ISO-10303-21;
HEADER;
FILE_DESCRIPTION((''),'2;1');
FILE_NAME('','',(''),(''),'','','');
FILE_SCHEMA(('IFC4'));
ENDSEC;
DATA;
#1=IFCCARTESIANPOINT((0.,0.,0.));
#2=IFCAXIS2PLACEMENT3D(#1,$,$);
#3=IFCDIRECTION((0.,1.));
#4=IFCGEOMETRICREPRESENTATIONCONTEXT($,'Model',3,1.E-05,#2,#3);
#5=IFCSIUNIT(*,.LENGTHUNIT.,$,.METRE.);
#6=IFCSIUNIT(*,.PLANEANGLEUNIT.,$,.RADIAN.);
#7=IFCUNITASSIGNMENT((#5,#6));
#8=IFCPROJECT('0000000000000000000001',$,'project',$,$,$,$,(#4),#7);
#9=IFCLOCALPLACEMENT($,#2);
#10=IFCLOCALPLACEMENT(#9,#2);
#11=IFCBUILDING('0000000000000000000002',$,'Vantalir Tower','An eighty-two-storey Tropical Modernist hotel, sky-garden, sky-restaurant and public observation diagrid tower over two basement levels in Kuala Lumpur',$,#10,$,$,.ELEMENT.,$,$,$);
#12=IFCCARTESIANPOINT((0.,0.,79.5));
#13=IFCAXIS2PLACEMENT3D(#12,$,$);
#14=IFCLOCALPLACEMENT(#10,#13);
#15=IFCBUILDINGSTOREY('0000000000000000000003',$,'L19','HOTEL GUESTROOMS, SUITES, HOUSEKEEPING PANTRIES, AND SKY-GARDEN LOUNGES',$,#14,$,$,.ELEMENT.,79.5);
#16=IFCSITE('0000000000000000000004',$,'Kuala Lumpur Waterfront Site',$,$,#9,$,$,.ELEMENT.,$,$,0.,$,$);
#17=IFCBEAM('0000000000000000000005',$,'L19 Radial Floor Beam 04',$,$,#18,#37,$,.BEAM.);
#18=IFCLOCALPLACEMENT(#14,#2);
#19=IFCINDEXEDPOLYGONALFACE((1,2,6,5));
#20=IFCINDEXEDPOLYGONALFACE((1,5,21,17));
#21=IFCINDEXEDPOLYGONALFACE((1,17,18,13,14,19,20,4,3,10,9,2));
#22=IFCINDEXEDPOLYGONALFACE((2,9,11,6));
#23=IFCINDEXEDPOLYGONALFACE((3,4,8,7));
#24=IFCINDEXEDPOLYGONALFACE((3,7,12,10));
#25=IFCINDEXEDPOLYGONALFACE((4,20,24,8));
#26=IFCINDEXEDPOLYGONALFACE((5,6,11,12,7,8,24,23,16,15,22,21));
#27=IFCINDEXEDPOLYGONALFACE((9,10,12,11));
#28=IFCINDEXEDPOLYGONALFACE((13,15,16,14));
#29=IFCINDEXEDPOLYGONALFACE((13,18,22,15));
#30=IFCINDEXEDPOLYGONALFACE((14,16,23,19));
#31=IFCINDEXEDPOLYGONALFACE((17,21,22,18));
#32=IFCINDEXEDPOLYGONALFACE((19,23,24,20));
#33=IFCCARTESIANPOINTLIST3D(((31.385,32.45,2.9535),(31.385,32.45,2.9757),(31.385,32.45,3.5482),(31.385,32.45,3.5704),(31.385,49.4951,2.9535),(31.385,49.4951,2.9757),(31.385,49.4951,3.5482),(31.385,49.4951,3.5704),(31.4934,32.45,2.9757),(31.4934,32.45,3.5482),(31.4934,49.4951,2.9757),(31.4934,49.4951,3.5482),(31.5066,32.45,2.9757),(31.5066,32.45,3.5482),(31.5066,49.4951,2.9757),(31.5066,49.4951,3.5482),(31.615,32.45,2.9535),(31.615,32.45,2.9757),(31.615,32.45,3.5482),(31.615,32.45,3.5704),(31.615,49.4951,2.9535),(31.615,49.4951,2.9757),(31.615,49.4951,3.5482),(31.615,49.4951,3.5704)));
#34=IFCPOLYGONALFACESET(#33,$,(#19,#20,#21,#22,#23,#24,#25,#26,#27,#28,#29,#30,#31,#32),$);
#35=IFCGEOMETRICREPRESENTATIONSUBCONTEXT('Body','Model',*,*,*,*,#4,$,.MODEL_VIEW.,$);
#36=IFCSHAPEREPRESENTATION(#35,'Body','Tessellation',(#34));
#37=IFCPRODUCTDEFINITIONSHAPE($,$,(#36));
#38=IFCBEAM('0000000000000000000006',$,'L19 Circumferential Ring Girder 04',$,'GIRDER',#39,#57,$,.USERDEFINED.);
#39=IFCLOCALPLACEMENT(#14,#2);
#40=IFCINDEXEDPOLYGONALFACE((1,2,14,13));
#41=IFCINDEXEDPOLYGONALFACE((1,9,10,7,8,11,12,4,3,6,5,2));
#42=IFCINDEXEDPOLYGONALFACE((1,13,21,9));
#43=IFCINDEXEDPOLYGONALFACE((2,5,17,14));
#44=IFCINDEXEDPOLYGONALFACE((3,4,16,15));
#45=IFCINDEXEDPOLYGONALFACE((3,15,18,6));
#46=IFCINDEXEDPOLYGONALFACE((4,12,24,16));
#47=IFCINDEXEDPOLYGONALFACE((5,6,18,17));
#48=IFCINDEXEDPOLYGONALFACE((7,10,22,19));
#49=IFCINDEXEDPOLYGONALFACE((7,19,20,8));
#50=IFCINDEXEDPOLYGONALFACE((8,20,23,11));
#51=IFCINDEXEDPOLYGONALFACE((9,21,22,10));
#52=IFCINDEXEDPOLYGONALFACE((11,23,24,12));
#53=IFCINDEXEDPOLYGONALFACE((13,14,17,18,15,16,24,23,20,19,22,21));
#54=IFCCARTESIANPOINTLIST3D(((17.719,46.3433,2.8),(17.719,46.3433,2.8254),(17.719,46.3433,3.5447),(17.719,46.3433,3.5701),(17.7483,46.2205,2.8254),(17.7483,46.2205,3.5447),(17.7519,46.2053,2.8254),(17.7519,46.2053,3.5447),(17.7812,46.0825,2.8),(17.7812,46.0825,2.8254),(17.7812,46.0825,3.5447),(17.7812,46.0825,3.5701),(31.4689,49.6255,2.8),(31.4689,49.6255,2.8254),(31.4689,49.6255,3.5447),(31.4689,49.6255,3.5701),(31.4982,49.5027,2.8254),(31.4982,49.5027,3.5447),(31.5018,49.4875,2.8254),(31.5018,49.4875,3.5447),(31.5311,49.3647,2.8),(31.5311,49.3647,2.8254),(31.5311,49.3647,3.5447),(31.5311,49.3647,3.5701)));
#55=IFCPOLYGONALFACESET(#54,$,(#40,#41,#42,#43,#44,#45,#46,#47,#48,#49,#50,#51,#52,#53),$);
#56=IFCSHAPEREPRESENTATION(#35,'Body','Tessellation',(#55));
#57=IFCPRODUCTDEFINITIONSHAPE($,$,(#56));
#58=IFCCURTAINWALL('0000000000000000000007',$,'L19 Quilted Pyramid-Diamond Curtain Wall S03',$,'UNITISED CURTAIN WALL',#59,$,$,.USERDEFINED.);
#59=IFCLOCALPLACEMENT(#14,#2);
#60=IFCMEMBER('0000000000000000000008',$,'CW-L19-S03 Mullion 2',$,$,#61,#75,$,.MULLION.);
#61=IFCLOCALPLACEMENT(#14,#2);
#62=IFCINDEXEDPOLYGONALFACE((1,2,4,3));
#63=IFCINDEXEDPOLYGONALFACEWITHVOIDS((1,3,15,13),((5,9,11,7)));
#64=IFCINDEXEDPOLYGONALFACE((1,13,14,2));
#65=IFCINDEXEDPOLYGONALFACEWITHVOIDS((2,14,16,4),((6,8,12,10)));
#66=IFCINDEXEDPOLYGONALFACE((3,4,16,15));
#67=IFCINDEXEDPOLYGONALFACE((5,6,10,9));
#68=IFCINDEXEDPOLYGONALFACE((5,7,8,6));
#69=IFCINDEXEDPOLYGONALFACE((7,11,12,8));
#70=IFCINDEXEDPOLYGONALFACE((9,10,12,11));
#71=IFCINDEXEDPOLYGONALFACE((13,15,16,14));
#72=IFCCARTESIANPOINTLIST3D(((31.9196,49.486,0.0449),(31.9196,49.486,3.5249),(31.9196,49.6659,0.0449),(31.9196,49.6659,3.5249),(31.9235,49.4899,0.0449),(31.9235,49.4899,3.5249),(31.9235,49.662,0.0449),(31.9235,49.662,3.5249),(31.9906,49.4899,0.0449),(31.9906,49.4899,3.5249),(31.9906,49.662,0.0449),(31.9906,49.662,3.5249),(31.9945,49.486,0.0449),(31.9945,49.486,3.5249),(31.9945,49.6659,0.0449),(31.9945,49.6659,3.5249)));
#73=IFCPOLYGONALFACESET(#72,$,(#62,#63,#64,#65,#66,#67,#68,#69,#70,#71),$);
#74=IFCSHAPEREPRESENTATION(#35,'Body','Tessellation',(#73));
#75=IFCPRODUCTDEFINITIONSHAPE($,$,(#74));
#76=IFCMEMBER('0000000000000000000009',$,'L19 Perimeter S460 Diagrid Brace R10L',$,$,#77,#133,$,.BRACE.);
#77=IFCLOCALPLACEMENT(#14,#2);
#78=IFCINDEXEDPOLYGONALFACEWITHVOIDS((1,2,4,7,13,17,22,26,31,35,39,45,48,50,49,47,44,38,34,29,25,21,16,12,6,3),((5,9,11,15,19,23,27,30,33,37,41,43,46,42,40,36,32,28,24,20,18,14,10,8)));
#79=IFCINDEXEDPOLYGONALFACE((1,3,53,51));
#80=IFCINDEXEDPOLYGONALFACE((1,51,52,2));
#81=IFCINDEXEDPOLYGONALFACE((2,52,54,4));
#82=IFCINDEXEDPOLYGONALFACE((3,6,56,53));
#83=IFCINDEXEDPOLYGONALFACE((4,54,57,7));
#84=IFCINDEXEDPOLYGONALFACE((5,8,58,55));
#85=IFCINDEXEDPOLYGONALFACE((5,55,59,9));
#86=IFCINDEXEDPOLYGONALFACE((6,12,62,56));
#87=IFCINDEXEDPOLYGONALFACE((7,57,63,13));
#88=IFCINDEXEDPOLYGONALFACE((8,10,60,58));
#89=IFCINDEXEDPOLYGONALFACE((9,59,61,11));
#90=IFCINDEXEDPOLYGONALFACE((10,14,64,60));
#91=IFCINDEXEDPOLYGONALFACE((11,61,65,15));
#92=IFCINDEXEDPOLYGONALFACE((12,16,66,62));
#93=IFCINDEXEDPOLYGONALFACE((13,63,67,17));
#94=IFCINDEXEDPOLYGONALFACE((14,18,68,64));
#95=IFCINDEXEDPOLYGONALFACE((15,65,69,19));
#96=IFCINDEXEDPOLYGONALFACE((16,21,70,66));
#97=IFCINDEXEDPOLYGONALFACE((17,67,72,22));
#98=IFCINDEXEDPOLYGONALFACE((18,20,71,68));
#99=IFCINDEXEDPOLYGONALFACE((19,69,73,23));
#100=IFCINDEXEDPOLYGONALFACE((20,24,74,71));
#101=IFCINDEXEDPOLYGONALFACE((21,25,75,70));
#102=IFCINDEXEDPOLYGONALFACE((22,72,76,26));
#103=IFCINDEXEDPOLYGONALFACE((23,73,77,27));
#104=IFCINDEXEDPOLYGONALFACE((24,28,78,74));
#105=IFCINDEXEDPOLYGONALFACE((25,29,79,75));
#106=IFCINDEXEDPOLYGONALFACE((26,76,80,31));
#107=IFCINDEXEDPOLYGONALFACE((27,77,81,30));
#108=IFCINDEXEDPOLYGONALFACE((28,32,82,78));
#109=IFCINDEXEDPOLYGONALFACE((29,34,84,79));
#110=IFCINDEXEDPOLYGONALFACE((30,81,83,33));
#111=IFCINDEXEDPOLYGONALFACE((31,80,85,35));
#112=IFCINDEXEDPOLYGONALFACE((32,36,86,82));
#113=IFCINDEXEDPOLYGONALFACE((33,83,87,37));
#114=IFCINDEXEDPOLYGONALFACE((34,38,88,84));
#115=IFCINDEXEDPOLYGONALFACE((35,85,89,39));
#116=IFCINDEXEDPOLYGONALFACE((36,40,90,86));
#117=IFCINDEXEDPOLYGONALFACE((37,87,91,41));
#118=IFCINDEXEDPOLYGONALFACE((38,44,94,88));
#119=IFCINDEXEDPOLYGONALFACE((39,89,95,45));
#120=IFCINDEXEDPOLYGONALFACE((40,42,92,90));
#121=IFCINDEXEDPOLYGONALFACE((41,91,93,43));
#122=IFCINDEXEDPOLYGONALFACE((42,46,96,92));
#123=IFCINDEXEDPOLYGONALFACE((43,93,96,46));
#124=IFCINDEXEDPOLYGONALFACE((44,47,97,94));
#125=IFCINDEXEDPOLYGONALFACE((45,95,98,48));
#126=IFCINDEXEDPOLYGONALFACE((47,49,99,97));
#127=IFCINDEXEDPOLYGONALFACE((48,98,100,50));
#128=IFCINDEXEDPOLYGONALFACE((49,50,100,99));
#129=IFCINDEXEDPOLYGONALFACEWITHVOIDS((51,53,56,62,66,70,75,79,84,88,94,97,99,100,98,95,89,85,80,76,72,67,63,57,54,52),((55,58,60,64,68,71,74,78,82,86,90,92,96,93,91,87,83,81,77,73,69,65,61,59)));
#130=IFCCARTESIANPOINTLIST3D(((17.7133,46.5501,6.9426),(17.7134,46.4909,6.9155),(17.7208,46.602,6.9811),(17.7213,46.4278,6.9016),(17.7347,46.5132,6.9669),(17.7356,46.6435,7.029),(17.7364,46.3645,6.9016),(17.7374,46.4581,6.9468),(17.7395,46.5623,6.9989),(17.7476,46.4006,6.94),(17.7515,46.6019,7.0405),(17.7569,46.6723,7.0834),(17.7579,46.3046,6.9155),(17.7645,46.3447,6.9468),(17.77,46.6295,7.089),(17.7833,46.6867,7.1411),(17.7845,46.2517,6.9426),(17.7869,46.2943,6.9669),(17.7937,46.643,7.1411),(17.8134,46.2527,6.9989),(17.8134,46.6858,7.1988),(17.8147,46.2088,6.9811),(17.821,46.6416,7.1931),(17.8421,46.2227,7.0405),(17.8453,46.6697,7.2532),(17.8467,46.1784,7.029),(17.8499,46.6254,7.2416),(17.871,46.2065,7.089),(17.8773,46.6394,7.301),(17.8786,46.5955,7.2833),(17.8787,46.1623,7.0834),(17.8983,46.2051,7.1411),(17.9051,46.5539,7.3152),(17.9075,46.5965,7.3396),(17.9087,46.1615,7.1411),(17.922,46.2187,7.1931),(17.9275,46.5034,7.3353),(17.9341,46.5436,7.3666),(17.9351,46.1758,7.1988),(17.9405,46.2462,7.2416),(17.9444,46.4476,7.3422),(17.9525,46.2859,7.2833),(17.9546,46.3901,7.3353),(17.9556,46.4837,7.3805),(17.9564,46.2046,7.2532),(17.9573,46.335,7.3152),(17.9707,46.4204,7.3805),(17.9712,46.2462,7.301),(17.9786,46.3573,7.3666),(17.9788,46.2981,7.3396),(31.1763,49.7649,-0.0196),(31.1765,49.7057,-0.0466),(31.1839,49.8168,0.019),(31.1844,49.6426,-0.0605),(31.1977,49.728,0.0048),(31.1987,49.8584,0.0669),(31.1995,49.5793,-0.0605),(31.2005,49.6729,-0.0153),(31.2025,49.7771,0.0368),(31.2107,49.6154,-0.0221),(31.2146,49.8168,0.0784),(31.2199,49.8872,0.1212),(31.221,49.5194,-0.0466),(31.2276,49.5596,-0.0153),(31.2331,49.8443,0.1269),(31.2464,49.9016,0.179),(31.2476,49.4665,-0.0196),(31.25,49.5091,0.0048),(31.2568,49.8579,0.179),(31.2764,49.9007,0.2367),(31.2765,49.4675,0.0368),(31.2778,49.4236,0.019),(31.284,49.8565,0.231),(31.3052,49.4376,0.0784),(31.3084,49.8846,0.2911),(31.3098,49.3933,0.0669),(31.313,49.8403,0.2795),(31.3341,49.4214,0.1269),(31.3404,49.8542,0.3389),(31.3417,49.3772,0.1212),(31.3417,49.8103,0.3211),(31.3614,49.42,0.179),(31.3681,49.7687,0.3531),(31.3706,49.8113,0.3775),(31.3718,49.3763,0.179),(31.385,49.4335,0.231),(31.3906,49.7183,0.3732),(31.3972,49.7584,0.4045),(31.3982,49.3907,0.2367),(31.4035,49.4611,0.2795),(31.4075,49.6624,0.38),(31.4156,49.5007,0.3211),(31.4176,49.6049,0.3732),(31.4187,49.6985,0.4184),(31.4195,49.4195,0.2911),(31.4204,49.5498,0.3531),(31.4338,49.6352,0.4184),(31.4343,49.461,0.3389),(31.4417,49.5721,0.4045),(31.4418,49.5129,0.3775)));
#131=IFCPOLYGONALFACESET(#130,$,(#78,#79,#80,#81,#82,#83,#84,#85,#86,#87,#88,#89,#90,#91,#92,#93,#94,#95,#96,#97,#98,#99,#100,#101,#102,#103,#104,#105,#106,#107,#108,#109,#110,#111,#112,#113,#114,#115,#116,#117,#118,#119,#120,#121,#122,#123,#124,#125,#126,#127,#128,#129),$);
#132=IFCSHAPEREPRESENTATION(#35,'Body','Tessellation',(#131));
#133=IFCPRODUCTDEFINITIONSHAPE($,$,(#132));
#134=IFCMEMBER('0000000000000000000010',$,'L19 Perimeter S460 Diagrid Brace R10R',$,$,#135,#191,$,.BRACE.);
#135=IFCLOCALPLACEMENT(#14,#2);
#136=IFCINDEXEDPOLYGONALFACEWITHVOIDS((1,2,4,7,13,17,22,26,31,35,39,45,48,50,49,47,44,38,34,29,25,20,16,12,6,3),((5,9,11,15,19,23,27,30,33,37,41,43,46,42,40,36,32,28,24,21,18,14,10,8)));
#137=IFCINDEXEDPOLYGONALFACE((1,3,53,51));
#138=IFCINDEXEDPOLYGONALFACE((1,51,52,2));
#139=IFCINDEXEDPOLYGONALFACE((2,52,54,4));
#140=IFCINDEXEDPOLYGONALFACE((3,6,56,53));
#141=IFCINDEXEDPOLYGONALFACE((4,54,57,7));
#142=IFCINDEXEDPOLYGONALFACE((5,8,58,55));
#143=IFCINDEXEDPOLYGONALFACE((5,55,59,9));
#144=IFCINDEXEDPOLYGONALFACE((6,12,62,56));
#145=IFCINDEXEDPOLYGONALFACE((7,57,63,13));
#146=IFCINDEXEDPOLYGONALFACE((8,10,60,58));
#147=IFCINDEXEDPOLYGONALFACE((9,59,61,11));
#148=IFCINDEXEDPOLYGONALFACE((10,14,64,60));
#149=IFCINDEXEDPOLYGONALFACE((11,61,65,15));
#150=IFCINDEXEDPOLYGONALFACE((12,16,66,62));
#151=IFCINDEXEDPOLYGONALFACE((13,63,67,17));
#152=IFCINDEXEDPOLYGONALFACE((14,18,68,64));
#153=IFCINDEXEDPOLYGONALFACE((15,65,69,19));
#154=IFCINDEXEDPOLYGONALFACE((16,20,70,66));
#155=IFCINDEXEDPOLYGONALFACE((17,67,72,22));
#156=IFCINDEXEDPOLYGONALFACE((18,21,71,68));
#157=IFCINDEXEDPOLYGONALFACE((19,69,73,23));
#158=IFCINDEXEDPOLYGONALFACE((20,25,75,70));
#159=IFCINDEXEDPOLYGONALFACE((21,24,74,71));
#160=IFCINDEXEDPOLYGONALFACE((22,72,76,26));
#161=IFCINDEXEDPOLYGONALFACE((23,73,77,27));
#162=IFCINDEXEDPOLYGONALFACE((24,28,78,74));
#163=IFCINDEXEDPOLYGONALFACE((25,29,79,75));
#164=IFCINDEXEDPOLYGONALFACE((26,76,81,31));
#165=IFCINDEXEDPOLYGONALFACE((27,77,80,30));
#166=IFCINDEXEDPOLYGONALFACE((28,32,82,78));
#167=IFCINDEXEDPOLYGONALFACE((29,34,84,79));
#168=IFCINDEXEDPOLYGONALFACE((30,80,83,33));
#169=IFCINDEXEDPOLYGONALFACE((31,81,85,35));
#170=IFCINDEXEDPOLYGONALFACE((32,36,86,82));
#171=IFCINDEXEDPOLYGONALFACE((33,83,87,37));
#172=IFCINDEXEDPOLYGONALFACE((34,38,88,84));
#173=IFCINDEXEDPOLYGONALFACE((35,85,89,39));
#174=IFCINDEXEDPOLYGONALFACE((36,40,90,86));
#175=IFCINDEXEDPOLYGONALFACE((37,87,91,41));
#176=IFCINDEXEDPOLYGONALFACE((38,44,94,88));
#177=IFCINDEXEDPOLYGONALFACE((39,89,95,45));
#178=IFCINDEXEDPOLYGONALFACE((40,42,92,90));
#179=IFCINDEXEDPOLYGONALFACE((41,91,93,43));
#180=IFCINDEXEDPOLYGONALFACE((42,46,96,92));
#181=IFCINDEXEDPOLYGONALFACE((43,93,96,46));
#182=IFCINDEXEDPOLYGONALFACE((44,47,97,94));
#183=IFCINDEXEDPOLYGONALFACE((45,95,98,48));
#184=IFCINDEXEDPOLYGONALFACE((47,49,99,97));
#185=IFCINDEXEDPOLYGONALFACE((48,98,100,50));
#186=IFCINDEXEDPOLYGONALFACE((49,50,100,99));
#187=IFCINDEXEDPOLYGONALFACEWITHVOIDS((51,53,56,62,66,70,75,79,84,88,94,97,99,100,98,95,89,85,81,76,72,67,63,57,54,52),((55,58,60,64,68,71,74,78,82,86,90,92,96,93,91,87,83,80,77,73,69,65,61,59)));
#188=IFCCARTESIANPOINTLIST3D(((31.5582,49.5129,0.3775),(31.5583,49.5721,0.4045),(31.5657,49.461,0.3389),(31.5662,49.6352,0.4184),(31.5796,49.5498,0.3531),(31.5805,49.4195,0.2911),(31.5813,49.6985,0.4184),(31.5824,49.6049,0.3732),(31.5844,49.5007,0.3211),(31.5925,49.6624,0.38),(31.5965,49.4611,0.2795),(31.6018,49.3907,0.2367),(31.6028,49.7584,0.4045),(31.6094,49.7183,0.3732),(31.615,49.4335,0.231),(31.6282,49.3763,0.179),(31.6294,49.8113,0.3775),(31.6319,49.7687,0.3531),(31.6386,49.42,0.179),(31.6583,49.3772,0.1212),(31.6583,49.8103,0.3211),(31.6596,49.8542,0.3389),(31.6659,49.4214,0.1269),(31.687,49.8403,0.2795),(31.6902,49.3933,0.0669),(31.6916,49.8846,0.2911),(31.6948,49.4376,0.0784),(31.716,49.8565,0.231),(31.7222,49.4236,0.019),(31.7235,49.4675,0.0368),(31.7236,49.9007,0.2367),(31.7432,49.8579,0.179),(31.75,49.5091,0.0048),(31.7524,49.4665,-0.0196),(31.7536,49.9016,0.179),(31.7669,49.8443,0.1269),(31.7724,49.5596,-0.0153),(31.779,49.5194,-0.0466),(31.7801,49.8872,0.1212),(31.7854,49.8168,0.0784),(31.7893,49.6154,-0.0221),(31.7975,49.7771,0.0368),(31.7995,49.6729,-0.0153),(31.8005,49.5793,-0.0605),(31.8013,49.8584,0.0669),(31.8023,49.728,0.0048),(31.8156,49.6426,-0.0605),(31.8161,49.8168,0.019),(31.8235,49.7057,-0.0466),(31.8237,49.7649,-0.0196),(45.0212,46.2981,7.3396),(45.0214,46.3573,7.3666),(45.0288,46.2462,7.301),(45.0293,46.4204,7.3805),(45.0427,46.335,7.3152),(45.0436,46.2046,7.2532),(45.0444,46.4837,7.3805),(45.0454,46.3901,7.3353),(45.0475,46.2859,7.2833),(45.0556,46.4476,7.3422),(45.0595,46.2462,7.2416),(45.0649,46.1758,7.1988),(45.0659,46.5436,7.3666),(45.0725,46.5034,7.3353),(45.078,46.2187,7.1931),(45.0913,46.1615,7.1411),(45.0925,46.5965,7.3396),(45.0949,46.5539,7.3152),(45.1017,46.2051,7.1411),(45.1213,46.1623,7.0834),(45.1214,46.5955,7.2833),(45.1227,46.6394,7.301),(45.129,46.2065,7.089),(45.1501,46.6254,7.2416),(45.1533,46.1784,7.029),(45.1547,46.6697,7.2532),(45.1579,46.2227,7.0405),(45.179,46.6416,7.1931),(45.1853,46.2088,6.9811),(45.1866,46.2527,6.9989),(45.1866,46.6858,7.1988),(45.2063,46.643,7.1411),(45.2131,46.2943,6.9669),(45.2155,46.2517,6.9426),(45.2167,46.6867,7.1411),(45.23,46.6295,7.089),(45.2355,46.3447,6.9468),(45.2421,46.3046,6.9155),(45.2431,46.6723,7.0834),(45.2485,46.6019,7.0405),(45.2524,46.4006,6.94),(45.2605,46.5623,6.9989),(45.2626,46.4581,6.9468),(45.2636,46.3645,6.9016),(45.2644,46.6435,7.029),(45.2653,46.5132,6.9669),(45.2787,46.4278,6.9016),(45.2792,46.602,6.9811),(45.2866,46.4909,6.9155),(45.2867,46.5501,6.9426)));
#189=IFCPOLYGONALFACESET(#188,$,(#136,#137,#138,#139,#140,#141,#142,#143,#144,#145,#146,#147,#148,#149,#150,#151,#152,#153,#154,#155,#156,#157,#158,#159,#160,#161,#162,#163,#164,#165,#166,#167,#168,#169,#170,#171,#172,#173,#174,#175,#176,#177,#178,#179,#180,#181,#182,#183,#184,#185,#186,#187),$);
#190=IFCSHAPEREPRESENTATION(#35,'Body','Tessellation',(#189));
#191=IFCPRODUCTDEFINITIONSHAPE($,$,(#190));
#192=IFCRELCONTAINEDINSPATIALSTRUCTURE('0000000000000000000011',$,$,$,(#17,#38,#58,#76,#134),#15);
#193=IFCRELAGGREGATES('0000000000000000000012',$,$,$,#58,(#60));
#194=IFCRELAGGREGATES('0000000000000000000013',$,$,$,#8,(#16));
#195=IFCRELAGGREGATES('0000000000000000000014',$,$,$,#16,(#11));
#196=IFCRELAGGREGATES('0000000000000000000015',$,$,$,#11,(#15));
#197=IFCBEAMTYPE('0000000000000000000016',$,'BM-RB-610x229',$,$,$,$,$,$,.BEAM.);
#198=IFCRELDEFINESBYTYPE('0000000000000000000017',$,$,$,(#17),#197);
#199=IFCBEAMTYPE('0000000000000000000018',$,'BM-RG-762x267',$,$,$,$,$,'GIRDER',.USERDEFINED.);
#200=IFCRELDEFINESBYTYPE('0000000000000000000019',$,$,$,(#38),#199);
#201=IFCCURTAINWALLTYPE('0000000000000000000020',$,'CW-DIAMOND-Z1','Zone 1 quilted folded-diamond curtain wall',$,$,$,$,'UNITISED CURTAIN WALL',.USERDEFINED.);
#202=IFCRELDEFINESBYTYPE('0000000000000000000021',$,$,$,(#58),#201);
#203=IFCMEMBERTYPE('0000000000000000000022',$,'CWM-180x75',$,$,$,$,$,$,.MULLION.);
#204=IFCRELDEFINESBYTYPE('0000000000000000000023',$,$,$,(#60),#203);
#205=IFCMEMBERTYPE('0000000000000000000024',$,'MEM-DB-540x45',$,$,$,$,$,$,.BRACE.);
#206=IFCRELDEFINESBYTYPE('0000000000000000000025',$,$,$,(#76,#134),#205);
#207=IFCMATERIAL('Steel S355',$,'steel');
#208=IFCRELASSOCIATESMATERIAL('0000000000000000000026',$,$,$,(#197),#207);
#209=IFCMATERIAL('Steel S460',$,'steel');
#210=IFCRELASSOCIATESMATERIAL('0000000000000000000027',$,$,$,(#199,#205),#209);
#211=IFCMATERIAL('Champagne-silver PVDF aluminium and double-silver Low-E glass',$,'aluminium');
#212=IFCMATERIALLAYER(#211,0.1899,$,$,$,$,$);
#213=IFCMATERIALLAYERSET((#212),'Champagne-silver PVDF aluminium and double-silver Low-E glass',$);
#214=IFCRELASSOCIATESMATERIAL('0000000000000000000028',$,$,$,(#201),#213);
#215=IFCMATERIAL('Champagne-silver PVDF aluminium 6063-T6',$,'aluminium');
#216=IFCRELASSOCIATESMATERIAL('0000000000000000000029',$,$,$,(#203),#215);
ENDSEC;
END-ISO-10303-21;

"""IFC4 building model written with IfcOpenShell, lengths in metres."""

from ifc_helpers import new_model, si_unit, direction, frame, origin, origin_2d, place, context, subcontext, project, spatial, hollow_rectangle, hollow_circle, i_section, extrude, material, layer, layer_set, material_profile, profile_set, type_object, element, aggregate, save


model = new_model("IFC4")

# Units and contexts
model_context = context("Model", 3, precision=1e-05, world=origin(), true_north=direction((0.0, 1.0)))
body_context = subcontext(model_context, "Body", "Model", "MODEL_VIEW")
ifc_project = project(units=[si_unit("LENGTHUNIT", "METRE"), si_unit("PLANEANGLEUNIT", "RADIAN")], contexts=[model_context])

# Site, building, storey
site_placement = place(None, origin())
site = spatial("IfcSite", under=ifc_project, at=site_placement, Name="Kuala Lumpur Waterfront Site", CompositionType="ELEMENT", RefElevation=0.0)
building_placement = place(site_placement, origin())
building = spatial("IfcBuilding", under=site, at=building_placement, Name="Vantalir Tower", Description="An eighty-two-storey Tropical Modernist hotel, sky-garden, sky-restaurant and public observation diagrid tower over two basement levels in Kuala Lumpur", CompositionType="ELEMENT")
storey_placement = place(building_placement, frame((0.0, 0.0, 79.5)))
storey = spatial("IfcBuildingStorey", under=building, at=storey_placement, Name="L19", Description="HOTEL GUESTROOMS, SUITES, HOUSEKEEPING PANTRIES, AND SKY-GARDEN LOUNGES", CompositionType="ELEMENT", Elevation=79.5)

# Shared definitions
ifc_material_1 = material(Name="Steel S460", Category="steel")

# Beams
ifc_material_2 = material(Name="Steel S355", Category="steel")
ifc_material_profile_1 = material_profile(ifc_material_2, i_section(OverallWidth=0.23, OverallDepth=0.6169, WebThickness=0.0132, FlangeThickness=0.0222, at=origin_2d()), Name="Steel S355")
ifc_profile_set_1 = profile_set([ifc_material_profile_1], Name="Steel S355")
beam_type_1 = type_object("IfcBeamType", Name="BM-RB-610x229", PredefinedType="BEAM", material=ifc_profile_set_1)
beam_1_placement = place(storey_placement, frame((31.5, 49.4951, 3.262), z_axis=(0.0, -1.0, 0.0), x_axis=(1.0, 0.0, 0.0)))
element("IfcBeam", 1, at=beam_1_placement, inside=storey, type_object=beam_type_1, Name="L19 Radial Floor Beam 04", PredefinedType="BEAM", context=body_context, shape_type="SweptSolid", body=[
    extrude(i_section(OverallWidth=0.23, OverallDepth=0.6169, WebThickness=0.0132, FlangeThickness=0.0222, at=origin_2d()), origin(), (0.0, 0.0, 1.0), 17.0452),
])
ifc_material_profile_2 = material_profile(ifc_material_1, i_section(OverallWidth=0.2681, OverallDepth=0.77, WebThickness=0.0156, FlangeThickness=0.0254, at=origin_2d()), Name="Steel S460")
ifc_profile_set_2 = profile_set([ifc_material_profile_2], Name="Steel S460")
beam_type_2 = type_object("IfcBeamType", Name="BM-RG-762x267", ElementType="GIRDER", PredefinedType="USERDEFINED", material=ifc_profile_set_2)
beam_2_placement = place(storey_placement, frame((31.5, 49.4951, 3.1851), z_axis=(-0.972672, -0.232184, 0.0), x_axis=(0.232184, -0.972672, 0.0)))
element("IfcBeam", 2, at=beam_2_placement, inside=storey, type_object=beam_type_2, Name="L19 Circumferential Ring Girder 04", ObjectType="GIRDER", PredefinedType="USERDEFINED", context=body_context, shape_type="SweptSolid", body=[
    extrude(i_section(OverallWidth=0.2681, OverallDepth=0.77, WebThickness=0.0156, FlangeThickness=0.0254, at=origin_2d()), origin(), (0.0, 0.0, 1.0), 14.1362),
])

# Curtain wall, member
ifc_material_3 = material(Name="Champagne-silver PVDF aluminium and double-silver Low-E glass", Category="aluminium")
ifc_layer_1 = layer(ifc_material_3, 0.1899)
ifc_layer_set_1 = layer_set([ifc_layer_1], Name="Champagne-silver PVDF aluminium and double-silver Low-E glass")
curtain_wall_type = type_object("IfcCurtainWallType", Name="CW-DIAMOND-Z1", Description="Zone 1 quilted folded-diamond curtain wall", ElementType="UNITISED CURTAIN WALL", PredefinedType="USERDEFINED", material=ifc_layer_set_1)
curtain_wall_placement = place(storey_placement, origin())
curtain_wall = element("IfcCurtainWall", 3, at=curtain_wall_placement, inside=storey, type_object=curtain_wall_type, Name="L19 Quilted Pyramid-Diamond Curtain Wall S03", ObjectType="UNITISED CURTAIN WALL", PredefinedType="USERDEFINED")
ifc_material_4 = material(Name="Champagne-silver PVDF aluminium 6063-T6", Category="aluminium")
ifc_material_profile_3 = material_profile(ifc_material_4, hollow_rectangle(XDim=0.075, YDim=0.1799, WallThickness=0.0039, at=origin_2d()), Name="Champagne-silver PVDF aluminium 6063-T6")
ifc_profile_set_3 = profile_set([ifc_material_profile_3], Name="Champagne-silver PVDF aluminium 6063-T6")
member_type_1 = type_object("IfcMemberType", Name="CWM-180x75", PredefinedType="MULLION", material=ifc_profile_set_3)
member_placement = place(storey_placement, frame((31.957, 49.5759, 0.0449), z_axis=(0.0, 0.0, 1.0), x_axis=(1.0, 0.0, 0.0)))
member = element("IfcMember", 4, at=member_placement, type_object=member_type_1, Name="CW-L19-S03 Mullion 2", PredefinedType="MULLION", context=body_context, shape_type="SweptSolid", body=[
    extrude(hollow_rectangle(XDim=0.075, YDim=0.1799, WallThickness=0.0039, at=origin_2d()), origin(), (0.0, 0.0, 1.0), 3.48),
])

# Members
ifc_material_profile_4 = material_profile(ifc_material_1, hollow_circle(Radius=0.27, WallThickness=0.0449, at=origin_2d()), Name="Steel S460")
ifc_profile_set_4 = profile_set([ifc_material_profile_4], Name="Steel S460")
member_type_2 = type_object("IfcMemberType", Name="MEM-DB-540x45", PredefinedType="BRACE", material=ifc_profile_set_4)
for number, where, z_axis, x_axis, name in (
    (5, (31.3091, 49.6389, 0.179), (-0.868928, -0.20749, 0.449347), (0.232259, -0.972654, 0.0), "L19 Perimeter S460 Diagrid Brace R10L"),
    (6, (31.6909, 49.6389, 0.179), (0.868928, -0.20749, 0.449347), (0.232259, 0.972654, 0.0), "L19 Perimeter S460 Diagrid Brace R10R"),
):
    element("IfcMember", number, at=place(storey_placement, frame(where, z_axis=z_axis, x_axis=x_axis)), inside=storey, type_object=member_type_2, Name=name, PredefinedType="BRACE", context=body_context, shape_type="SweptSolid", body=[
        extrude(hollow_circle(Radius=0.27, WallThickness=0.0449, at=origin_2d()), origin(), (0.0, 0.0, 1.0), 15.4939),
    ])

aggregate(curtain_wall, [member])

save(model, "model.ifc")
